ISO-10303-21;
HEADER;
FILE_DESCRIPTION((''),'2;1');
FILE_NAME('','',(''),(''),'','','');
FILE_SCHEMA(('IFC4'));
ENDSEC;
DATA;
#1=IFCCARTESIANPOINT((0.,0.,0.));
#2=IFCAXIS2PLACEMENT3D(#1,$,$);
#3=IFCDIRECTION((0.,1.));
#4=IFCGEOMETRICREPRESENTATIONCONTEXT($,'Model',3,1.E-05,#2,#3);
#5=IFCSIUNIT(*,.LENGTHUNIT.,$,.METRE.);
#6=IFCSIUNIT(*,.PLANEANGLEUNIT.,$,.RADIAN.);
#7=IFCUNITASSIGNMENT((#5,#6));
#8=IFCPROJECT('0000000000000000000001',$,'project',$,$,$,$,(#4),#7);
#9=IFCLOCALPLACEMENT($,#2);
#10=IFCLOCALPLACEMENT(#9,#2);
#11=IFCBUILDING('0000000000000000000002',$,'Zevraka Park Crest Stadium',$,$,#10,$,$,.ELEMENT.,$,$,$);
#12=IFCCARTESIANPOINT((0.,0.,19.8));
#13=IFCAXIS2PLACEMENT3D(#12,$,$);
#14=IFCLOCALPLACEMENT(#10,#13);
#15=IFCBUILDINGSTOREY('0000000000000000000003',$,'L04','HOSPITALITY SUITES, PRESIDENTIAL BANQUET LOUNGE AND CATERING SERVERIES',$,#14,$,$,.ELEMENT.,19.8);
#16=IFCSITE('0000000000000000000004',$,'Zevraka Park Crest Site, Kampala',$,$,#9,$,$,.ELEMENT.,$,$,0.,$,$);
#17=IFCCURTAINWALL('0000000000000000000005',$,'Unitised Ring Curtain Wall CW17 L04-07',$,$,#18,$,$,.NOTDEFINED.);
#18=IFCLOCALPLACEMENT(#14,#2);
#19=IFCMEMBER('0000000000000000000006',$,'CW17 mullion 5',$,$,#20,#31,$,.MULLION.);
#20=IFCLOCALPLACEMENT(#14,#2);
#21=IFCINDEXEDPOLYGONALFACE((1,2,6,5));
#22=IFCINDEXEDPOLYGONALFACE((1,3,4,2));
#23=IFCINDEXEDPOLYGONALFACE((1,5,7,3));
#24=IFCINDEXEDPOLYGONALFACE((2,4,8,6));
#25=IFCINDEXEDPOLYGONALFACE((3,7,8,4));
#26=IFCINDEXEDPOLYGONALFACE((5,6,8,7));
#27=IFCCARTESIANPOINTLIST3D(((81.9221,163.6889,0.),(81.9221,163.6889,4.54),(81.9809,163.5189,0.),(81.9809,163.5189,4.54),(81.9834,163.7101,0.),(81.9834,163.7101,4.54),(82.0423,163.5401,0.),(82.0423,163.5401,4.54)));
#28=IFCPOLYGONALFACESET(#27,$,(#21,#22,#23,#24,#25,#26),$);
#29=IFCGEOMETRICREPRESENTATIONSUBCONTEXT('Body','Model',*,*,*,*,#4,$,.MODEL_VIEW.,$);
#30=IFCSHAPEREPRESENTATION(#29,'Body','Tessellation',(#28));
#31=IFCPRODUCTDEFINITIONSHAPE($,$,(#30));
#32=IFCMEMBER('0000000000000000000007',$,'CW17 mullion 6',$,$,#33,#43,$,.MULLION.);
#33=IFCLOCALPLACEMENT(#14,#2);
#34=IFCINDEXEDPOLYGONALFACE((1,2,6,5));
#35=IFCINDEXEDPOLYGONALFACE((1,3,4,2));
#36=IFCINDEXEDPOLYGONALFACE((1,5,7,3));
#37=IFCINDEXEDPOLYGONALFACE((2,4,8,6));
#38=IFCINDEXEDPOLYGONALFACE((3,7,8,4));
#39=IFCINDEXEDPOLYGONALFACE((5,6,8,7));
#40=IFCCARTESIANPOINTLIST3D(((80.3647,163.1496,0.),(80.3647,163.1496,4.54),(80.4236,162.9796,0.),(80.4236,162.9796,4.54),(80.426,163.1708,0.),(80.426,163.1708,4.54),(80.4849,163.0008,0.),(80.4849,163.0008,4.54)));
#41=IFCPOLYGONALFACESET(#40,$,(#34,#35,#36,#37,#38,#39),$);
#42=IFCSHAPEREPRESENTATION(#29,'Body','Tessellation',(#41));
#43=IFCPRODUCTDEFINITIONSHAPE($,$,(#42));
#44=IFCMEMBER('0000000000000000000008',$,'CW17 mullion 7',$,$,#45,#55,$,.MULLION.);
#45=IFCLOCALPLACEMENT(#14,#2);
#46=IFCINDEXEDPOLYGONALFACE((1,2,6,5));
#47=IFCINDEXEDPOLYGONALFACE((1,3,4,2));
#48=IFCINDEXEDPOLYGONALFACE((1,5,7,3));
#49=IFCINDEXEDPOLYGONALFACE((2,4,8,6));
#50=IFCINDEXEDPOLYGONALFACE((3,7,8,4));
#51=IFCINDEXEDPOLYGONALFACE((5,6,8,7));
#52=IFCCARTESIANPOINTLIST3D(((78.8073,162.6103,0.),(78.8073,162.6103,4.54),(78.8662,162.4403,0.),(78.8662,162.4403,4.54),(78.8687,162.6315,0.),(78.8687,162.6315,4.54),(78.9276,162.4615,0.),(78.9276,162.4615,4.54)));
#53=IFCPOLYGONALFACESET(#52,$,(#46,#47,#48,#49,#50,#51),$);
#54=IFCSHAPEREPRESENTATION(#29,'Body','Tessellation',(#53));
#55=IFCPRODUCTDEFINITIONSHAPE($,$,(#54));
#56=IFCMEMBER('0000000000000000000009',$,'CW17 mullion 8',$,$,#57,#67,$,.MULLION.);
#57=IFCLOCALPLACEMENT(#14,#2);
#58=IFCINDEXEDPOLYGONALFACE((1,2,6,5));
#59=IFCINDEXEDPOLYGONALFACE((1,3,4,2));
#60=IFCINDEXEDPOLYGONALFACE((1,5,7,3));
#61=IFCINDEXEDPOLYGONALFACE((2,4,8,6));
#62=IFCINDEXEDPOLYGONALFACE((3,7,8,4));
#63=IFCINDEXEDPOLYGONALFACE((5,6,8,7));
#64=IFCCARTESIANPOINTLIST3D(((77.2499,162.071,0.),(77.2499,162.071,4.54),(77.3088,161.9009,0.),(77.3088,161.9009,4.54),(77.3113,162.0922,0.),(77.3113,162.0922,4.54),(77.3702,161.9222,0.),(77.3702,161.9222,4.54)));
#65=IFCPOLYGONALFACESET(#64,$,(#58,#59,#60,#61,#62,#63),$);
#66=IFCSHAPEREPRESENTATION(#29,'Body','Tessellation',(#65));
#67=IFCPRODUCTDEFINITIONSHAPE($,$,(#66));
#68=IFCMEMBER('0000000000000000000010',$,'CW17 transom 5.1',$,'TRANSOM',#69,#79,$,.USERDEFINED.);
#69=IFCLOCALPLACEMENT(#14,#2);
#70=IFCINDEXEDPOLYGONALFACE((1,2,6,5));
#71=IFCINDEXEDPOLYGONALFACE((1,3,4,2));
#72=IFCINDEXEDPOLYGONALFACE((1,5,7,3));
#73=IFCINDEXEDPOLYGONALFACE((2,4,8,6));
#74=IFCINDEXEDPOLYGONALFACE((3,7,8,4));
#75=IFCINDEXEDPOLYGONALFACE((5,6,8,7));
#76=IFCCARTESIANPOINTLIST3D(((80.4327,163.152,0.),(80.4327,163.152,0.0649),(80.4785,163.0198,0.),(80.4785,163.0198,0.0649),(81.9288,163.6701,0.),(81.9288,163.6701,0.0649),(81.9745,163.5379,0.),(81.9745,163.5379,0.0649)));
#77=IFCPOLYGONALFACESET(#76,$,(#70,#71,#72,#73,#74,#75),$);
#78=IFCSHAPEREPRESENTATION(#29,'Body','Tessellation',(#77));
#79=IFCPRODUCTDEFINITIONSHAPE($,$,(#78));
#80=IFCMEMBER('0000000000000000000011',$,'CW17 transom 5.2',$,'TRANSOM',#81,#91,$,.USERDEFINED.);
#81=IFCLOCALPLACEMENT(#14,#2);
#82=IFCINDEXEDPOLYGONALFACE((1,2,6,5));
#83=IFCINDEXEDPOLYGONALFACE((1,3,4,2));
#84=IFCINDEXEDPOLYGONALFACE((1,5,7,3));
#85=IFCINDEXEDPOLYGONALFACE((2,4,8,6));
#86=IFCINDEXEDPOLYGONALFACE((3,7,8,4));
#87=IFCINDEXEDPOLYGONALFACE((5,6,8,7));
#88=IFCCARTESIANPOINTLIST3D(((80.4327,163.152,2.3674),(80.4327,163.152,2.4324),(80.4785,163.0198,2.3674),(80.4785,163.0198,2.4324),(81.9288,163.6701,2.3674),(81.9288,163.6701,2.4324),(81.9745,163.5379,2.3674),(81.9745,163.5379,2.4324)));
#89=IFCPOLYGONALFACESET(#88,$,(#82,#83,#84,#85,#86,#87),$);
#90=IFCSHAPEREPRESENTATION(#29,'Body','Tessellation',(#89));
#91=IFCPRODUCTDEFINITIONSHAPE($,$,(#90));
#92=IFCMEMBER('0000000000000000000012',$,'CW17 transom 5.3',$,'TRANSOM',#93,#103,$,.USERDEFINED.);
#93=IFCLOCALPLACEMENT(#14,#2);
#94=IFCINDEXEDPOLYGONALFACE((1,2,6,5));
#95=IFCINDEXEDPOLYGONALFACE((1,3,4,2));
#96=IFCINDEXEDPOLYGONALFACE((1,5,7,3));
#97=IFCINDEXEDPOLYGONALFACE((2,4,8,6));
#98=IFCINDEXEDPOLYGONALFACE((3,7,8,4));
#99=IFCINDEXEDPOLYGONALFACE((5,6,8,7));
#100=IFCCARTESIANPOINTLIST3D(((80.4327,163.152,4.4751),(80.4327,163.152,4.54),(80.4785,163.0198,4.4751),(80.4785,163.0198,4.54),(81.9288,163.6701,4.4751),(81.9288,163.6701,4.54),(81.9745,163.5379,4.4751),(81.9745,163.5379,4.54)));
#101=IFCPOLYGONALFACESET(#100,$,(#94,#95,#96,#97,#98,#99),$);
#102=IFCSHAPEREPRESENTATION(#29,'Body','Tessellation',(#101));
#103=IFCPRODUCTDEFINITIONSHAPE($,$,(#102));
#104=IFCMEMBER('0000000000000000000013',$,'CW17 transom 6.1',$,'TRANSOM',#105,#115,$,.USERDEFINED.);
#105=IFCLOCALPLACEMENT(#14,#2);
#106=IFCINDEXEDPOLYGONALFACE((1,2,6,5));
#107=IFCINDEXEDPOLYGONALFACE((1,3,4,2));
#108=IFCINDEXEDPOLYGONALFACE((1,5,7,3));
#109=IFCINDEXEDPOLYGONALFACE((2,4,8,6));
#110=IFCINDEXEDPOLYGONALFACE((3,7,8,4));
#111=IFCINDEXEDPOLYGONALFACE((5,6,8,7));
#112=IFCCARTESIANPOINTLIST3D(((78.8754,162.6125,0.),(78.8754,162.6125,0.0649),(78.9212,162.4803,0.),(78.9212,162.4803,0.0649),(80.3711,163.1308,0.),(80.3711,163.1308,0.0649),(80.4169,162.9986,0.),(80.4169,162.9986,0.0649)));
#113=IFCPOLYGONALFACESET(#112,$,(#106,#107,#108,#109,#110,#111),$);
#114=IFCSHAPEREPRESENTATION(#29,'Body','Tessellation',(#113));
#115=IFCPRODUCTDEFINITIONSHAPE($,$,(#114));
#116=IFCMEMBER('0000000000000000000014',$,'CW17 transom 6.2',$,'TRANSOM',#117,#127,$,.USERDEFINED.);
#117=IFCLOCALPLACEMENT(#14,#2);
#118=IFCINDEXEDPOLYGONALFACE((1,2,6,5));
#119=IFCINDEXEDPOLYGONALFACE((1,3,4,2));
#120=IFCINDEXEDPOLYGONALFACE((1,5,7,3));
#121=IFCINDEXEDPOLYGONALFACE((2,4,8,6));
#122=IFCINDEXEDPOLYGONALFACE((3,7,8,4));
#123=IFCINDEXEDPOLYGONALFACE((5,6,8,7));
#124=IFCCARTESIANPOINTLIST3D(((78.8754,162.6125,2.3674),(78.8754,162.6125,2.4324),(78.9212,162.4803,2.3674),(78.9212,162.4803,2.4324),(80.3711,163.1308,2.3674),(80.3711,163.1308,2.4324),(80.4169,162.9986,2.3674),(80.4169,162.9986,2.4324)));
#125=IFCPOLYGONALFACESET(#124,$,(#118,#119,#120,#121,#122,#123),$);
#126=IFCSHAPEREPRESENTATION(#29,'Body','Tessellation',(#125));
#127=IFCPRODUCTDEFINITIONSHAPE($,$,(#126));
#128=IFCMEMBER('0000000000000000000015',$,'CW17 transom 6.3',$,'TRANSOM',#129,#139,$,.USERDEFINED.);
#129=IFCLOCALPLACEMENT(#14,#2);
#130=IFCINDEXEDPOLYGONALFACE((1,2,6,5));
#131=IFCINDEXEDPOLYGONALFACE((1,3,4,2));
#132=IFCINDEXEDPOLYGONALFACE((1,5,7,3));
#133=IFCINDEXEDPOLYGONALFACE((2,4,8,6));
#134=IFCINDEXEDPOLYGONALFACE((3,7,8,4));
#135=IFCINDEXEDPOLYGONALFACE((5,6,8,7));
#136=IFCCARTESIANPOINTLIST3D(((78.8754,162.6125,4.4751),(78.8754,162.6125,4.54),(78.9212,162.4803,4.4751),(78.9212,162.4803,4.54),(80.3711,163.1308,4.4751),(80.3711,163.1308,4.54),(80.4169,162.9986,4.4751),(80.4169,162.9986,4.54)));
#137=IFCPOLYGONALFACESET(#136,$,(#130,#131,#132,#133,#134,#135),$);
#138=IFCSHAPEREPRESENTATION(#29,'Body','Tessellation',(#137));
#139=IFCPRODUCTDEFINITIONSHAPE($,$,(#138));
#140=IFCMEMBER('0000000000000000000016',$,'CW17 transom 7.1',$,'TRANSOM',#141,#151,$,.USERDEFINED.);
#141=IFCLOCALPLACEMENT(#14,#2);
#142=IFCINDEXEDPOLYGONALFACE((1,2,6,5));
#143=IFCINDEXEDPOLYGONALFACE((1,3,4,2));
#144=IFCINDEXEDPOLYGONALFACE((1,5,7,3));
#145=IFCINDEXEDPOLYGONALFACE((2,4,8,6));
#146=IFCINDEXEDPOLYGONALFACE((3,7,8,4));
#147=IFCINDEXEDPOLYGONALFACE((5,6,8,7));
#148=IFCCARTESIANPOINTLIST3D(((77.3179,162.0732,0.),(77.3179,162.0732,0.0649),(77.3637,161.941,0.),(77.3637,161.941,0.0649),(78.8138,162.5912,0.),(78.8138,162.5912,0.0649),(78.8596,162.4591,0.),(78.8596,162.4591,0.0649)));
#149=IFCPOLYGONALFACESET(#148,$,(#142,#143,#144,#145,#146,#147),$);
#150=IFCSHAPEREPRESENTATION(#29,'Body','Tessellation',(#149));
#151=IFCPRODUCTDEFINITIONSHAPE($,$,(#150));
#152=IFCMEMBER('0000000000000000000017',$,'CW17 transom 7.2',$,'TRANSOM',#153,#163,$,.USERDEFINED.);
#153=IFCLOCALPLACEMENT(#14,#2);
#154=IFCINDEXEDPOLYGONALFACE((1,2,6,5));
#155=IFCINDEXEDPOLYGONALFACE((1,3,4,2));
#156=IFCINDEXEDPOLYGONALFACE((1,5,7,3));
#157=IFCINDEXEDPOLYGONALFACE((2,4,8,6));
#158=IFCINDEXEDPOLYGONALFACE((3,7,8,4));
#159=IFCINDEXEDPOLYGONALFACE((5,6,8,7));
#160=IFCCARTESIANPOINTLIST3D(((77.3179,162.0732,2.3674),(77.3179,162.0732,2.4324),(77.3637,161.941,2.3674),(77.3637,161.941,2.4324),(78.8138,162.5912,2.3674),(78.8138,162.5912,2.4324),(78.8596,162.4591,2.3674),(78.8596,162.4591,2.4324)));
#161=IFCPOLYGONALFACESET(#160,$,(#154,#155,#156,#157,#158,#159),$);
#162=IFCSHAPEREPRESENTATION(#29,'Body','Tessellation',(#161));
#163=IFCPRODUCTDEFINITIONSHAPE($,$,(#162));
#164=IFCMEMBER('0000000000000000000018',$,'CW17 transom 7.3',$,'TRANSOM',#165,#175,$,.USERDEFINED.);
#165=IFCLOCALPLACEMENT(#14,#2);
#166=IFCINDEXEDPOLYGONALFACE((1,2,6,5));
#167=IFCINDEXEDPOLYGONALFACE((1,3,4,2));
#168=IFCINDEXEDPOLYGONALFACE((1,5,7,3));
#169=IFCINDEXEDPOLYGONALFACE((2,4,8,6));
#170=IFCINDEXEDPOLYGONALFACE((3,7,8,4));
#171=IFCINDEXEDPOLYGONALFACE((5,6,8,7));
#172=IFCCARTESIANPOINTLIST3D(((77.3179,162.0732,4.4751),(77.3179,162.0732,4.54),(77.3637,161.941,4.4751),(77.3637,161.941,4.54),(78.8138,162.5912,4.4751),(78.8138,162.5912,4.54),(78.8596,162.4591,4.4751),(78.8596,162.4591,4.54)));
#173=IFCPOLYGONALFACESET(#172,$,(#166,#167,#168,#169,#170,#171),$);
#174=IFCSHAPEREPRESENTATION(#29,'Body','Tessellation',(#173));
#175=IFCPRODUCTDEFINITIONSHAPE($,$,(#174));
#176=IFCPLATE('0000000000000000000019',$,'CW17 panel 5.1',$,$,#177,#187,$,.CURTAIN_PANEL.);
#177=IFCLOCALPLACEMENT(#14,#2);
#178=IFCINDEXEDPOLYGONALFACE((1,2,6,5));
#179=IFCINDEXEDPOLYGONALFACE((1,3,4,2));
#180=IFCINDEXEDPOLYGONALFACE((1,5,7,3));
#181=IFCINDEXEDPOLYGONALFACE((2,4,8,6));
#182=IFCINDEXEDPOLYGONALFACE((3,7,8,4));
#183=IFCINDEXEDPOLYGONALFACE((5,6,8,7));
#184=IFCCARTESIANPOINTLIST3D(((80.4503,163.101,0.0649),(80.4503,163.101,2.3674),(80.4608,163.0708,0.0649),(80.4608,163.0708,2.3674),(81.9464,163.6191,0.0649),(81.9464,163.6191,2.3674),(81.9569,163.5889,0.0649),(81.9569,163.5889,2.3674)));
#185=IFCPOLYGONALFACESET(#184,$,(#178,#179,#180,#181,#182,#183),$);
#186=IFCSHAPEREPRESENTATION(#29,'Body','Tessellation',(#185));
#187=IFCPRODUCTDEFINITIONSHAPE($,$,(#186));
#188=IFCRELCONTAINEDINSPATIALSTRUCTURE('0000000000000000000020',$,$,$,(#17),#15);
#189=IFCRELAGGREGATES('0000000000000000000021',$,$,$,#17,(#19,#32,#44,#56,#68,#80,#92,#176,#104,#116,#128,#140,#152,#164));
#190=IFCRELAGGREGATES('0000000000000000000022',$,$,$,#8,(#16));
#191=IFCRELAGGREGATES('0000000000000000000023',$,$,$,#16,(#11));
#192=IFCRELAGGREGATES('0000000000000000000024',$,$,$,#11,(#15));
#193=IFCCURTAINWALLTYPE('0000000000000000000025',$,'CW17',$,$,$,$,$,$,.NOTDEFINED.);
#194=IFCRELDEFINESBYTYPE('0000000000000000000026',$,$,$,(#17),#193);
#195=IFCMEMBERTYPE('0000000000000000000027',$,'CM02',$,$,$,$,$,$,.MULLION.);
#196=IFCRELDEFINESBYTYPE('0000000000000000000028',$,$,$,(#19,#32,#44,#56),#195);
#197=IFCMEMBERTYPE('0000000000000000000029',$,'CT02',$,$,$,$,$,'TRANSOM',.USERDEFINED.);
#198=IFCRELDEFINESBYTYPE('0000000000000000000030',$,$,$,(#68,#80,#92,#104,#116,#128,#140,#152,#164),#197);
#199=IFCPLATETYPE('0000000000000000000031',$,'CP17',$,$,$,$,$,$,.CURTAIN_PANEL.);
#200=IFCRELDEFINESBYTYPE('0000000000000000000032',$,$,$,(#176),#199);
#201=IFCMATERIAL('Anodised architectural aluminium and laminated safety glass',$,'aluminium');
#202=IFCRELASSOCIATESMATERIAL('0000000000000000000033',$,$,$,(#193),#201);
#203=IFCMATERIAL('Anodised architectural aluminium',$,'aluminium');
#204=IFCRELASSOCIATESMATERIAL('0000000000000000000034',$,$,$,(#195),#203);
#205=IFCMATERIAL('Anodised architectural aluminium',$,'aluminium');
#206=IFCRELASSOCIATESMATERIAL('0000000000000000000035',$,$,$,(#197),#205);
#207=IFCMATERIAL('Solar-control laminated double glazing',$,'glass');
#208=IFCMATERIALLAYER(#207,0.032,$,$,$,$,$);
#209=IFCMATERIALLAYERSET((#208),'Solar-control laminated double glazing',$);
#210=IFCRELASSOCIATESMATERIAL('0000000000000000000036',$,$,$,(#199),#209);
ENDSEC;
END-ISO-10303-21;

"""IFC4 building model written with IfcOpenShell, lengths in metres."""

from ifc_helpers import new_model, si_unit, direction, frame, origin, origin_2d, place, context, subcontext, project, spatial, rectangle, extrude, material, layer, layer_set, material_profile, profile_set, type_object, element, aggregate, save


model = new_model("IFC4")

# Units and contexts
model_context = context("Model", 3, precision=1e-05, world=origin(), true_north=direction((0.0, 1.0)))
body_context = subcontext(model_context, "Body", "Model", "MODEL_VIEW")
ifc_project = project(units=[si_unit("LENGTHUNIT", "METRE"), si_unit("PLANEANGLEUNIT", "RADIAN")], contexts=[model_context])

# Site, building, storey
site_placement = place(None, origin())
site = spatial("IfcSite", under=ifc_project, at=site_placement, Name="Zevraka Park Crest Site, Kampala", CompositionType="ELEMENT", RefElevation=0.0)
building_placement = place(site_placement, origin())
building = spatial("IfcBuilding", under=site, at=building_placement, Name="Zevraka Park Crest Stadium", CompositionType="ELEMENT")
storey_placement = place(building_placement, frame((0.0, 0.0, 19.8)))
storey = spatial("IfcBuildingStorey", under=building, at=storey_placement, Name="L04", Description="HOSPITALITY SUITES, PRESIDENTIAL BANQUET LOUNGE AND CATERING SERVERIES", CompositionType="ELEMENT", Elevation=19.8)

# Curtain wall, members, plate
ifc_material_1 = material(Name="Anodised architectural aluminium and laminated safety glass", Category="aluminium")
curtain_wall_type = type_object("IfcCurtainWallType", Name="CW17", PredefinedType="NOTDEFINED", material=ifc_material_1)
curtain_wall_placement = place(storey_placement, origin())
curtain_wall = element("IfcCurtainWall", 1, at=curtain_wall_placement, inside=storey, type_object=curtain_wall_type, Name="Unitised Ring Curtain Wall CW17 L04-07", PredefinedType="NOTDEFINED")
ifc_material_2 = material(Name="Anodised architectural aluminium", Category="aluminium")
ifc_material_profile_1 = material_profile(ifc_material_2, rectangle(XDim=0.1799, YDim=0.0649, at=origin_2d()), Name="ALU MULLION 180x65")
ifc_profile_set_1 = profile_set([ifc_material_profile_1], Name="Anodised architectural aluminium")
member_type_1 = type_object("IfcMemberType", Name="CM02", PredefinedType="MULLION", material=ifc_profile_set_1)
member_1_placement = place(storey_placement, frame((81.9822, 163.6145, 0.0), z_axis=(0.0, 0.0, 1.0), x_axis=(0.327245, -0.94494, 0.0)))
member_1 = element("IfcMember", 2, at=member_1_placement, type_object=member_type_1, Name="CW17 mullion 5", PredefinedType="MULLION", context=body_context, shape_type="SweptSolid", body=[
    extrude(rectangle(XDim=0.1799, YDim=0.0649, at=origin_2d()), origin(), (0.0, 0.0, 1.0), 4.54),
])
member_2_placement = place(storey_placement, frame((80.4248, 163.0752, 0.0), z_axis=(0.0, 0.0, 1.0), x_axis=(0.327245, -0.94494, 0.0)))
member_2 = element("IfcMember", 3, at=member_2_placement, type_object=member_type_1, Name="CW17 mullion 6", PredefinedType="MULLION", context=body_context, shape_type="SweptSolid", body=[
    extrude(rectangle(XDim=0.1799, YDim=0.0649, at=origin_2d()), origin(), (0.0, 0.0, 1.0), 4.54),
])
member_3_placement = place(storey_placement, frame((78.8674, 162.5359, 0.0), z_axis=(0.0, 0.0, 1.0), x_axis=(0.327245, -0.94494, 0.0)))
member_3 = element("IfcMember", 4, at=member_3_placement, type_object=member_type_1, Name="CW17 mullion 7", PredefinedType="MULLION", context=body_context, shape_type="SweptSolid", body=[
    extrude(rectangle(XDim=0.1799, YDim=0.0649, at=origin_2d()), origin(), (0.0, 0.0, 1.0), 4.54),
])
member_4_placement = place(storey_placement, frame((77.3101, 161.9966, 0.0), z_axis=(0.0, 0.0, 1.0), x_axis=(0.327245, -0.94494, 0.0)))
member_4 = element("IfcMember", 5, at=member_4_placement, type_object=member_type_1, Name="CW17 mullion 8", PredefinedType="MULLION", context=body_context, shape_type="SweptSolid", body=[
    extrude(rectangle(XDim=0.1799, YDim=0.0649, at=origin_2d()), origin(), (0.0, 0.0, 1.0), 4.54),
])
ifc_material_3 = material(Name="Anodised architectural aluminium", Category="aluminium")
ifc_material_profile_2 = material_profile(ifc_material_3, rectangle(XDim=0.1399, YDim=0.0649, at=origin_2d()), Name="ALU TRANSOM 140x65")
ifc_profile_set_2 = profile_set([ifc_material_profile_2], Name="Anodised architectural aluminium")
member_type_2 = type_object("IfcMemberType", Name="CT02", ElementType="TRANSOM", PredefinedType="USERDEFINED", material=ifc_profile_set_2)
member_5_placement = place(storey_placement, frame((81.9517, 163.604, 0.0325), z_axis=(-0.944949, -0.327216, 0.0), x_axis=(0.327216, -0.944949, 0.0)))
member_5 = element("IfcMember", 6, at=member_5_placement, type_object=member_type_2, Name="CW17 transom 5.1", ObjectType="TRANSOM", PredefinedType="USERDEFINED", context=body_context, shape_type="SweptSolid", body=[
    extrude(rectangle(XDim=0.1399, YDim=0.0649, at=origin_2d()), origin(), (0.0, 0.0, 1.0), 1.5833),
])
member_6_placement = place(storey_placement, frame((81.9517, 163.604, 2.3999), z_axis=(-0.944949, -0.327216, 0.0), x_axis=(0.327216, -0.944949, 0.0)))
member_6 = element("IfcMember", 7, at=member_6_placement, type_object=member_type_2, Name="CW17 transom 5.2", ObjectType="TRANSOM", PredefinedType="USERDEFINED", context=body_context, shape_type="SweptSolid", body=[
    extrude(rectangle(XDim=0.1399, YDim=0.0649, at=origin_2d()), origin(), (0.0, 0.0, 1.0), 1.5833),
])
member_7_placement = place(storey_placement, frame((81.9517, 163.604, 4.5076), z_axis=(-0.944949, -0.327216, 0.0), x_axis=(0.327216, -0.944949, 0.0)))
member_7 = element("IfcMember", 8, at=member_7_placement, type_object=member_type_2, Name="CW17 transom 5.3", ObjectType="TRANSOM", PredefinedType="USERDEFINED", context=body_context, shape_type="SweptSolid", body=[
    extrude(rectangle(XDim=0.1399, YDim=0.0649, at=origin_2d()), origin(), (0.0, 0.0, 1.0), 1.5833),
])
member_8_placement = place(storey_placement, frame((80.394, 163.0647, 0.0325), z_axis=(-0.944885, -0.327402, 0.0), x_axis=(0.327402, -0.944885, 0.0)))
member_8 = element("IfcMember", 9, at=member_8_placement, type_object=member_type_2, Name="CW17 transom 6.1", ObjectType="TRANSOM", PredefinedType="USERDEFINED", context=body_context, shape_type="SweptSolid", body=[
    extrude(rectangle(XDim=0.1399, YDim=0.0649, at=origin_2d()), origin(), (0.0, 0.0, 1.0), 1.583),
])
member_9_placement = place(storey_placement, frame((80.394, 163.0647, 2.3999), z_axis=(-0.944885, -0.327402, 0.0), x_axis=(0.327402, -0.944885, 0.0)))
member_9 = element("IfcMember", 10, at=member_9_placement, type_object=member_type_2, Name="CW17 transom 6.2", ObjectType="TRANSOM", PredefinedType="USERDEFINED", context=body_context, shape_type="SweptSolid", body=[
    extrude(rectangle(XDim=0.1399, YDim=0.0649, at=origin_2d()), origin(), (0.0, 0.0, 1.0), 1.583),
])
member_10_placement = place(storey_placement, frame((80.394, 163.0647, 4.5076), z_axis=(-0.944885, -0.327402, 0.0), x_axis=(0.327402, -0.944885, 0.0)))
member_10 = element("IfcMember", 11, at=member_10_placement, type_object=member_type_2, Name="CW17 transom 6.3", ObjectType="TRANSOM", PredefinedType="USERDEFINED", context=body_context, shape_type="SweptSolid", body=[
    extrude(rectangle(XDim=0.1399, YDim=0.0649, at=origin_2d()), origin(), (0.0, 0.0, 1.0), 1.583),
])
member_11_placement = place(storey_placement, frame((78.8367, 162.5251, 0.0325), z_axis=(-0.944933, -0.327264, 0.0), x_axis=(0.327264, -0.944933, 0.0)))
member_11 = element("IfcMember", 12, at=member_11_placement, type_object=member_type_2, Name="CW17 transom 7.1", ObjectType="TRANSOM", PredefinedType="USERDEFINED", context=body_context, shape_type="SweptSolid", body=[
    extrude(rectangle(XDim=0.1399, YDim=0.0649, at=origin_2d()), origin(), (0.0, 0.0, 1.0), 1.583),
])
member_12_placement = place(storey_placement, frame((78.8367, 162.5251, 2.3999), z_axis=(-0.944933, -0.327264, 0.0), x_axis=(0.327264, -0.944933, 0.0)))
member_12 = element("IfcMember", 13, at=member_12_placement, type_object=member_type_2, Name="CW17 transom 7.2", ObjectType="TRANSOM", PredefinedType="USERDEFINED", context=body_context, shape_type="SweptSolid", body=[
    extrude(rectangle(XDim=0.1399, YDim=0.0649, at=origin_2d()), origin(), (0.0, 0.0, 1.0), 1.583),
])
member_13_placement = place(storey_placement, frame((78.8367, 162.5251, 4.5076), z_axis=(-0.944933, -0.327264, 0.0), x_axis=(0.327264, -0.944933, 0.0)))
member_13 = element("IfcMember", 14, at=member_13_placement, type_object=member_type_2, Name="CW17 transom 7.3", ObjectType="TRANSOM", PredefinedType="USERDEFINED", context=body_context, shape_type="SweptSolid", body=[
    extrude(rectangle(XDim=0.1399, YDim=0.0649, at=origin_2d()), origin(), (0.0, 0.0, 1.0), 1.583),
])
ifc_material_4 = material(Name="Solar-control laminated double glazing", Category="glass")
ifc_layer_1 = layer(ifc_material_4, 0.032)
ifc_layer_set_1 = layer_set([ifc_layer_1], Name="Solar-control laminated double glazing")
plate_type = type_object("IfcPlateType", Name="CP17", PredefinedType="CURTAIN_PANEL", material=ifc_layer_set_1)
plate_1_placement = place(storey_placement, frame((81.2036, 163.345, 0.0649), z_axis=(0.0, 0.0, 1.0), x_axis=(-0.94494, -0.327245, 0.0)))
plate_1 = element("IfcPlate", 15, at=plate_1_placement, type_object=plate_type, Name="CW17 panel 5.1", PredefinedType="CURTAIN_PANEL", context=body_context, shape_type="SweptSolid", body=[
    extrude(rectangle(XDim=1.5833, YDim=0.032, at=origin_2d()), origin(), (0.0, 0.0, 1.0), 2.3025),
])
aggregate(curtain_wall, [member_1, member_2, member_3, member_4, member_5, member_6, member_7, plate_1, member_8, member_9, member_10, member_11, member_12, member_13])

save(model, "model.ifc")
